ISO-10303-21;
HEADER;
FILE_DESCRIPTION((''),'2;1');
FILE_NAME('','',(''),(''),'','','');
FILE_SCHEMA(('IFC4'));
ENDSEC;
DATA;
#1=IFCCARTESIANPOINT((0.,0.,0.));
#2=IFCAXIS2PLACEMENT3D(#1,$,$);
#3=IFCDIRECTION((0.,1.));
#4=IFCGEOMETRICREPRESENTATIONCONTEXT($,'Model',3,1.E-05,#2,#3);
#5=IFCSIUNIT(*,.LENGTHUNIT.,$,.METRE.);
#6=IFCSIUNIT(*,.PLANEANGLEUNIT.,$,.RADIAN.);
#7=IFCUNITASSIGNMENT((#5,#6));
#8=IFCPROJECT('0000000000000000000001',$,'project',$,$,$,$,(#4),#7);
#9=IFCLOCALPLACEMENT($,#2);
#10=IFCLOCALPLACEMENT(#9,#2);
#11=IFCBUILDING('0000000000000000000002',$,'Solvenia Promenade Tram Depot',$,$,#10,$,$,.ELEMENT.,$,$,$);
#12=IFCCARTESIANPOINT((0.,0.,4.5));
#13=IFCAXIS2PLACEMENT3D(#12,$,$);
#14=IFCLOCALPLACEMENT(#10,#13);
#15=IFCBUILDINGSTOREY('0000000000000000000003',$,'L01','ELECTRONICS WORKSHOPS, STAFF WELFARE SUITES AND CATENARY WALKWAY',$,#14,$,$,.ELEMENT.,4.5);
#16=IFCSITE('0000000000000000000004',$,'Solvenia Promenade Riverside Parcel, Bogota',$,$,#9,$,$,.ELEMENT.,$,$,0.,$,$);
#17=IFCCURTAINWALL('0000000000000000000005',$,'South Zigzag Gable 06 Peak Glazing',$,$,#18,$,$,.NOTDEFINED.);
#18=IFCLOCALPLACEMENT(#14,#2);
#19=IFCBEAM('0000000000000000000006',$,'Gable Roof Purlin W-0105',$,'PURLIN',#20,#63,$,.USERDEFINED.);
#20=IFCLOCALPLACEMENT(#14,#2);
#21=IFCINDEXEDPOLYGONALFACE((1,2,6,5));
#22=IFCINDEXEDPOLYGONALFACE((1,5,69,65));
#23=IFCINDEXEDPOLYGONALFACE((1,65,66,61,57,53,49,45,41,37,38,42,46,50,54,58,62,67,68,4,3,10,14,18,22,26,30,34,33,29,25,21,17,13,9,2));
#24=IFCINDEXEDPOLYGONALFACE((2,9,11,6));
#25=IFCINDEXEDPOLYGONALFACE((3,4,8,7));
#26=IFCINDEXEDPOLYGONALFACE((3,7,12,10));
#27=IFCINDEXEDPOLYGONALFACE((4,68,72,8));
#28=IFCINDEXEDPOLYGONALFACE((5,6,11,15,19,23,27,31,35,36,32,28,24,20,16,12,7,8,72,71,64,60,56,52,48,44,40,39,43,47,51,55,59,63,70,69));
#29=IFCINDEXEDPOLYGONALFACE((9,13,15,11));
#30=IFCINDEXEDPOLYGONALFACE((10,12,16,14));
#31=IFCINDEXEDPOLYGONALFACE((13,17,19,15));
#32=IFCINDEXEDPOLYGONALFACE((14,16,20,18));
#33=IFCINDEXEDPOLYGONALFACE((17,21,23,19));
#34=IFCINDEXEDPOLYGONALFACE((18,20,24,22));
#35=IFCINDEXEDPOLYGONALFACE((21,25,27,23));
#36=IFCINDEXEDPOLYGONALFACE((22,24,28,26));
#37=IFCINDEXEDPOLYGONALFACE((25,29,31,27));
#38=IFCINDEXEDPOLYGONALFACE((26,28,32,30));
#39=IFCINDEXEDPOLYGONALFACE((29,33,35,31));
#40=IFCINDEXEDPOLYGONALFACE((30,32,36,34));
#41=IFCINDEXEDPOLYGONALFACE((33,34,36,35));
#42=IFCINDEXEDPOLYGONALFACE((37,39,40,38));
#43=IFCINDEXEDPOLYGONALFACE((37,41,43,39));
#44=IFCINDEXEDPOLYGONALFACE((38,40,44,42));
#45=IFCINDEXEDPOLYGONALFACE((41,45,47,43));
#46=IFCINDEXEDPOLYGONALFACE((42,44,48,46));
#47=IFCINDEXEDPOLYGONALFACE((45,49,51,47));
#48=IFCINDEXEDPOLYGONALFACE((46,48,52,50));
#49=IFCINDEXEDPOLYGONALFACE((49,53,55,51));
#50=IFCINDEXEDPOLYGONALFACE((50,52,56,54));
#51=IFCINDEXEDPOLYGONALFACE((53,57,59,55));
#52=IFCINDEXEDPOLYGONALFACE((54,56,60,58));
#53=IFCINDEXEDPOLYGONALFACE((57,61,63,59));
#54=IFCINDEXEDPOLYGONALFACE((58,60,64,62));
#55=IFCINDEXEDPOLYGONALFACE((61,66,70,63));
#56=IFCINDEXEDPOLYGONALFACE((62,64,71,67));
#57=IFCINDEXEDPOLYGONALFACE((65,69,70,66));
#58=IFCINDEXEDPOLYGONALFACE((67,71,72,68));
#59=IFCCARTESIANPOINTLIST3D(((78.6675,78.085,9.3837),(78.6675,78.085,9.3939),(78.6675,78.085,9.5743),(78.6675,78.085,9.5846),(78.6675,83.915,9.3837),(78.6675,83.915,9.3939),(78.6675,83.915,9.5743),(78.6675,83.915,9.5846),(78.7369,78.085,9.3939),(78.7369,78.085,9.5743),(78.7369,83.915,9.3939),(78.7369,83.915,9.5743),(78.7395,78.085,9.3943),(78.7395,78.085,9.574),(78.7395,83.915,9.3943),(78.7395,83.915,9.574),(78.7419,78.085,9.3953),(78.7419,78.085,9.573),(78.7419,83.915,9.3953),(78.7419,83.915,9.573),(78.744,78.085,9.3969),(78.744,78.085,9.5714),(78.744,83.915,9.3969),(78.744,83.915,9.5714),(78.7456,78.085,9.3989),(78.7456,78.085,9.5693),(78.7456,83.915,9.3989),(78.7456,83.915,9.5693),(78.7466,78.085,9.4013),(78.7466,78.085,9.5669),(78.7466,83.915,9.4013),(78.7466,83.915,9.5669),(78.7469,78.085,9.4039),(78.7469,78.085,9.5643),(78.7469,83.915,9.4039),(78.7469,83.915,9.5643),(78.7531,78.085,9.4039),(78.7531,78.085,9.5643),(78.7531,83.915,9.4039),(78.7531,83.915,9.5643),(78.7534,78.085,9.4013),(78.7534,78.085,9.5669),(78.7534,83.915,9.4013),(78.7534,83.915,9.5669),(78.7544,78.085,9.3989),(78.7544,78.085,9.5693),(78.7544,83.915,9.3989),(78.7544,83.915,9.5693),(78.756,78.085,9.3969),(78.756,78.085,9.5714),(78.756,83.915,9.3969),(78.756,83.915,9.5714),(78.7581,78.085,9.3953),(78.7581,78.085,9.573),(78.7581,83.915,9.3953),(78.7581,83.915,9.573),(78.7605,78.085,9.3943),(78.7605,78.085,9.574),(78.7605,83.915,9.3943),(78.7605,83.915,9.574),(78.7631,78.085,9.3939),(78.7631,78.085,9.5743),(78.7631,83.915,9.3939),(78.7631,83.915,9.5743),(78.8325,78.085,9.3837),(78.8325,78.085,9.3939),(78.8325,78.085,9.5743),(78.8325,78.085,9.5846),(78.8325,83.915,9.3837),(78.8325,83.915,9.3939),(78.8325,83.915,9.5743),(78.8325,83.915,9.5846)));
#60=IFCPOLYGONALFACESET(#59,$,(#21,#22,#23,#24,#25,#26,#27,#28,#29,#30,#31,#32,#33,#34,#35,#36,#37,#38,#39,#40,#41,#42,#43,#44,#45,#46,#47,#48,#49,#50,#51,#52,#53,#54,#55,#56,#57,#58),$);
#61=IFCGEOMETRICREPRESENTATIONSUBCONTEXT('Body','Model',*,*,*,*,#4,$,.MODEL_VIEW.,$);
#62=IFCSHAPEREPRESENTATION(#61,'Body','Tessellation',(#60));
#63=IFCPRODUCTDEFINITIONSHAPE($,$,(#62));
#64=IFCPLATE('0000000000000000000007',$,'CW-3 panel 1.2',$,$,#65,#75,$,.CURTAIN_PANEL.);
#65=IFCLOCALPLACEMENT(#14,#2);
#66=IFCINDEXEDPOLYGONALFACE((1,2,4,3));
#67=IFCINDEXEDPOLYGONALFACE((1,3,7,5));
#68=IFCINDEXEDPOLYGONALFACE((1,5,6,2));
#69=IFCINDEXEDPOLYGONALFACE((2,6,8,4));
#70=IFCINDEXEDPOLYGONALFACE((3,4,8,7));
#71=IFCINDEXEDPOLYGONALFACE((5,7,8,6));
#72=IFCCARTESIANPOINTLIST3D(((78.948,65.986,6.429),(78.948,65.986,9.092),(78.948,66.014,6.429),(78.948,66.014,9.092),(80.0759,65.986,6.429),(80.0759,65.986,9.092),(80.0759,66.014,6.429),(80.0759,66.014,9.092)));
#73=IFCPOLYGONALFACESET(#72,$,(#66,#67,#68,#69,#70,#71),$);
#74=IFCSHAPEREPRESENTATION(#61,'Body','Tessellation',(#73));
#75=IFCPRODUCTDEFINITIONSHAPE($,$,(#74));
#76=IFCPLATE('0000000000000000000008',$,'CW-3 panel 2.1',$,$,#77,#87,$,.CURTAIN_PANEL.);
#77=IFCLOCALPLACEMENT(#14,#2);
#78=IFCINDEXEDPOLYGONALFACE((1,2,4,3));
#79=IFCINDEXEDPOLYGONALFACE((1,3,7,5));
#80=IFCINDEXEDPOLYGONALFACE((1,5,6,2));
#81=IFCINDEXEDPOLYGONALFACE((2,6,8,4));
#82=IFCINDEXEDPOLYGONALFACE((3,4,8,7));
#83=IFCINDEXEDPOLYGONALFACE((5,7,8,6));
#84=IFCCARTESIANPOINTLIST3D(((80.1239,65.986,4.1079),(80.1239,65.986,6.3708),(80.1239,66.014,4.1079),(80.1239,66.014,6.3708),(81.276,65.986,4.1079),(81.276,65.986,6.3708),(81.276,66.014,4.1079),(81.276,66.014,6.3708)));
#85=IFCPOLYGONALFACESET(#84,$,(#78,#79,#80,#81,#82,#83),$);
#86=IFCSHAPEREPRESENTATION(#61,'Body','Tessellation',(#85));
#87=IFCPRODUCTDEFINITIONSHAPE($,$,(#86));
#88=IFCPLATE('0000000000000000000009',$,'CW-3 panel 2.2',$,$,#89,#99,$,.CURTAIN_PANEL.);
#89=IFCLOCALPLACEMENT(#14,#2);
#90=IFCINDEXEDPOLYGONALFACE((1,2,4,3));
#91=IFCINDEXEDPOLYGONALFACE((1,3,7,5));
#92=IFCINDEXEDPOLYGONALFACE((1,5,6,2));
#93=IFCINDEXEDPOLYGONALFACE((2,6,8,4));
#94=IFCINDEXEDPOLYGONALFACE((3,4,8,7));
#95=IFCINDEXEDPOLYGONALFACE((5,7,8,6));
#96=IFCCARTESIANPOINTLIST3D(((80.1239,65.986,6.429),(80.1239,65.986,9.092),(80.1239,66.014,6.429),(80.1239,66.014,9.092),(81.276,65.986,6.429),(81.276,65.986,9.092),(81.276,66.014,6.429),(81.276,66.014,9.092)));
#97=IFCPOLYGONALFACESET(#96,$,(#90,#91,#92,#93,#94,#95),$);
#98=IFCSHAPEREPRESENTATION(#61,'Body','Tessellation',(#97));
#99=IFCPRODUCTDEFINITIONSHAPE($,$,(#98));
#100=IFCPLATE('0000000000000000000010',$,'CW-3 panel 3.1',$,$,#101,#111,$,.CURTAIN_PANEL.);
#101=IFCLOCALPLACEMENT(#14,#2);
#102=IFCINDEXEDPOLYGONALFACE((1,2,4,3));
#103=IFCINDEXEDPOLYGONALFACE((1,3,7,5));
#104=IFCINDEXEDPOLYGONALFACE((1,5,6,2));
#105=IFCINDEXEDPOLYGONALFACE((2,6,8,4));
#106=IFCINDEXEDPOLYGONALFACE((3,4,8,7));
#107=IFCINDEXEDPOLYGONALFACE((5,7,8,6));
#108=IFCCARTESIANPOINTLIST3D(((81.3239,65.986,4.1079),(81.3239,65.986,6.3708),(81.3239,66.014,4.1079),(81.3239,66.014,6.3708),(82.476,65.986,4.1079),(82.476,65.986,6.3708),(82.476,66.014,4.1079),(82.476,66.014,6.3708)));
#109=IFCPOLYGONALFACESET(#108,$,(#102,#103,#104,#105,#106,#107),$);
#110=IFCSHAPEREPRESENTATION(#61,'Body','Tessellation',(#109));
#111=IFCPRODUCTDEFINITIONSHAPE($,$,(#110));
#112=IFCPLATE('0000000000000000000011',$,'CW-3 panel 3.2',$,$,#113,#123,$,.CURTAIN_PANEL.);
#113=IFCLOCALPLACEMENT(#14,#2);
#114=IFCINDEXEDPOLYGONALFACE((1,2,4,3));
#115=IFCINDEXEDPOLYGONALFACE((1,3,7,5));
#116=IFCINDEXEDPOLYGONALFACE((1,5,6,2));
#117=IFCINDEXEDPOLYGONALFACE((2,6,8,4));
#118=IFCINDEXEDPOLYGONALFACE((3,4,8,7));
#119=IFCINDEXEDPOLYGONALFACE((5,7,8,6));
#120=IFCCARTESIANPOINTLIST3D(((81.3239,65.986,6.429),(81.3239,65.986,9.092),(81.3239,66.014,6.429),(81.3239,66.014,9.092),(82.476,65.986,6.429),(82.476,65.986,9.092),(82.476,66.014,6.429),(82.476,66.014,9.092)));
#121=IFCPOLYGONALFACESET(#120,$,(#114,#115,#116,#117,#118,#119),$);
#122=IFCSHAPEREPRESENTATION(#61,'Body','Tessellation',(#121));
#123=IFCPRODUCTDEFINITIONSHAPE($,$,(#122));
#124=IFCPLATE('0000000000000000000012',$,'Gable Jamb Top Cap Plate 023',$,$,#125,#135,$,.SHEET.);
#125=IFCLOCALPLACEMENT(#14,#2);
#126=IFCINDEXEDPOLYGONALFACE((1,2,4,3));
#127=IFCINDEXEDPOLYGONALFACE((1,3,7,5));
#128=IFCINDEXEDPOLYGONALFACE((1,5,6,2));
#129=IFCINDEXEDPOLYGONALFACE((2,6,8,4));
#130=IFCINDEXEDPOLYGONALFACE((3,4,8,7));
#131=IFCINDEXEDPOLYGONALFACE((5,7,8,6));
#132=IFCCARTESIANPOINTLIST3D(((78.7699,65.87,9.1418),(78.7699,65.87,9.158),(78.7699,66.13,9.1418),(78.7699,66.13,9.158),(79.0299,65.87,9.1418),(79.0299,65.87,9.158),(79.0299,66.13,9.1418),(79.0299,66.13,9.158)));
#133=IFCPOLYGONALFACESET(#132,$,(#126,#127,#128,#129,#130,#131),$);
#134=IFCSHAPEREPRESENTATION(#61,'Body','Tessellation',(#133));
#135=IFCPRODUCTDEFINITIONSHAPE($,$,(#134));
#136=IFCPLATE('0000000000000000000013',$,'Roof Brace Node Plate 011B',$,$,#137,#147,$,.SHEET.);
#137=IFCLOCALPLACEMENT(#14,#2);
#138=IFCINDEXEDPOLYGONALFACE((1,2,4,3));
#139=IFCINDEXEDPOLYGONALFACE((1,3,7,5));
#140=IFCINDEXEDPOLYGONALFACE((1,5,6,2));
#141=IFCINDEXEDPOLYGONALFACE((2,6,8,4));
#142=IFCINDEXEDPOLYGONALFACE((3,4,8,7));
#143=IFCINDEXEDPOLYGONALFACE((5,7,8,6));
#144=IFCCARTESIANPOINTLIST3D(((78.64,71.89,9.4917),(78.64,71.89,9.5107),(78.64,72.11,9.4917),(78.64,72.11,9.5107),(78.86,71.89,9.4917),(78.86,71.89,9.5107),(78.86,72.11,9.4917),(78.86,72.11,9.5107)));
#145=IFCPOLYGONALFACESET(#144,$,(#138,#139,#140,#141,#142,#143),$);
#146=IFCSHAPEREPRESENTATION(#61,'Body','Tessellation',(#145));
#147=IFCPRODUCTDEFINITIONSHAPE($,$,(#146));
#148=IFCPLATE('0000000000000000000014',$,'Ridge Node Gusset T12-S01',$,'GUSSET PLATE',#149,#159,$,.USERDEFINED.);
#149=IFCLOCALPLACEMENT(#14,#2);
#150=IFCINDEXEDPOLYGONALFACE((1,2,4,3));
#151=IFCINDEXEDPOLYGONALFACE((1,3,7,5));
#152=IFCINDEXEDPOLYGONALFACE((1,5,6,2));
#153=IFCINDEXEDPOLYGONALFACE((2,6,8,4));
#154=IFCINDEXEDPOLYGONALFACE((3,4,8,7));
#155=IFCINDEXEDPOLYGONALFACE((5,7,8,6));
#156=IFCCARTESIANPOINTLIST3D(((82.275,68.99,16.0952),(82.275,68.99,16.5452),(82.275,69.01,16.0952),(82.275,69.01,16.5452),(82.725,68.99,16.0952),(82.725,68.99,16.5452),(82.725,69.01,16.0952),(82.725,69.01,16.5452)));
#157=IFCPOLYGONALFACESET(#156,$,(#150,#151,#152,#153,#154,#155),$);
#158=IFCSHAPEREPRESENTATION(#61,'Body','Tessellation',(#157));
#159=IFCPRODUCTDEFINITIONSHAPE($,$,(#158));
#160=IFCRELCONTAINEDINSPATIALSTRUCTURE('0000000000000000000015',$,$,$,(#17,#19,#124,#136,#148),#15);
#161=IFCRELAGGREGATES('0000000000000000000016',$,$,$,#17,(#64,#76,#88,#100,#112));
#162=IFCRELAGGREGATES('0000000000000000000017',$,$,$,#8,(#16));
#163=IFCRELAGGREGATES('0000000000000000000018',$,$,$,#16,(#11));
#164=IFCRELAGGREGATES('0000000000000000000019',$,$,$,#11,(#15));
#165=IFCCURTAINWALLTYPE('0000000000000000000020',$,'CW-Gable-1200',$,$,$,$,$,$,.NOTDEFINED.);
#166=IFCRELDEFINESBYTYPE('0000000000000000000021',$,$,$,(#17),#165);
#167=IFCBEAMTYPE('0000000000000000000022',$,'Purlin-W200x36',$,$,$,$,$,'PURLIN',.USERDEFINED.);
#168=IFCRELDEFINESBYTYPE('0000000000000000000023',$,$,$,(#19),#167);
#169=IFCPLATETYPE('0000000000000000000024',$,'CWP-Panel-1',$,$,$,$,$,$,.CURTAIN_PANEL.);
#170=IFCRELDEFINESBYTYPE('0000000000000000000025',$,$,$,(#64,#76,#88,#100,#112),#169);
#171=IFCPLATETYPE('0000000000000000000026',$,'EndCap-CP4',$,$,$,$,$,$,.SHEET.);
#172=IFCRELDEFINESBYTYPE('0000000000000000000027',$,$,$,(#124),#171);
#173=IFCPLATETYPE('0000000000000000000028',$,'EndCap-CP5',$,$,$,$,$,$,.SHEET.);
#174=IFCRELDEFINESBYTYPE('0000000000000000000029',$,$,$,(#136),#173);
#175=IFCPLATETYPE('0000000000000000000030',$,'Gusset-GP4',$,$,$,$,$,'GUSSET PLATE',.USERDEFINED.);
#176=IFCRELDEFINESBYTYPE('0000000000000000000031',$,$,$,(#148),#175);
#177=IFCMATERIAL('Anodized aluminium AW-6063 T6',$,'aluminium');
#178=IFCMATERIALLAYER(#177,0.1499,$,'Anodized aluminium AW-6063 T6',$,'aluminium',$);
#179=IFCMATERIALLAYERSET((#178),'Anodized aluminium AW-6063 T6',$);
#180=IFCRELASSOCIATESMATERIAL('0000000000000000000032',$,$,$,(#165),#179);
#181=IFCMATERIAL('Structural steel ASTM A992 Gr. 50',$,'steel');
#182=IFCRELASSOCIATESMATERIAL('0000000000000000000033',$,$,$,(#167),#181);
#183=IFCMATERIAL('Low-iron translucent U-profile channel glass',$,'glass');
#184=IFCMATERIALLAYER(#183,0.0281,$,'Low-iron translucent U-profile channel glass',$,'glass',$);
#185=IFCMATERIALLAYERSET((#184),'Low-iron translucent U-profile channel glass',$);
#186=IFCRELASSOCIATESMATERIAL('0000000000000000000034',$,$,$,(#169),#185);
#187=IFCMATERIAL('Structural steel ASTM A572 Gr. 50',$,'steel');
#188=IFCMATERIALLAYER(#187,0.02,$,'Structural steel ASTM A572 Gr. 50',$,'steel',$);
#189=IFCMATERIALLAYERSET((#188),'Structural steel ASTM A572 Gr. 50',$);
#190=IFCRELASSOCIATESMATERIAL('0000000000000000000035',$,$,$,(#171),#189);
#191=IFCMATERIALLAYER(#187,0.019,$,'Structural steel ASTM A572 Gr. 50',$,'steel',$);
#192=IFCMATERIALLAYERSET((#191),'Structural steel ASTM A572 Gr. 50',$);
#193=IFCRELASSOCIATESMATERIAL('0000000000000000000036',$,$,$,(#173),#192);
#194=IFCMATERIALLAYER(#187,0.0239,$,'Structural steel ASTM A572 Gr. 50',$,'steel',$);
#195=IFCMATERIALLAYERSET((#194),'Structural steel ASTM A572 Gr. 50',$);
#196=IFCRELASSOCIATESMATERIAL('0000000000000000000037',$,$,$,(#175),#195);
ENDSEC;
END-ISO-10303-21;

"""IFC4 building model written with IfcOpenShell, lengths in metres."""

from ifc_helpers import new_model, si_unit, direction, frame, origin, origin_2d, place, context, subcontext, project, spatial, rectangle, i_section, extrude, material, layer, layer_set, material_profile, profile_set, type_object, element, aggregate, save


model = new_model("IFC4")

# Units and contexts
model_context = context("Model", 3, precision=1e-05, world=origin(), true_north=direction((0.0, 1.0)))
body_context = subcontext(model_context, "Body", "Model", "MODEL_VIEW")
ifc_project = project(units=[si_unit("LENGTHUNIT", "METRE"), si_unit("PLANEANGLEUNIT", "RADIAN")], contexts=[model_context])

# Site, building, storey
site_placement = place(None, origin())
site = spatial("IfcSite", under=ifc_project, at=site_placement, Name="Solvenia Promenade Riverside Parcel, Bogota", CompositionType="ELEMENT", RefElevation=0.0)
building_placement = place(site_placement, origin())
building = spatial("IfcBuilding", under=site, at=building_placement, Name="Solvenia Promenade Tram Depot", CompositionType="ELEMENT")
storey_placement = place(building_placement, frame((0.0, 0.0, 4.5)))
storey = spatial("IfcBuildingStorey", under=building, at=storey_placement, Name="L01", Description="ELECTRONICS WORKSHOPS, STAFF WELFARE SUITES AND CATENARY WALKWAY", CompositionType="ELEMENT", Elevation=4.5)

# Curtain wall
ifc_material_1 = material(Name="Anodized aluminium AW-6063 T6", Category="aluminium")
ifc_layer_1 = layer(ifc_material_1, 0.1499, Name="Anodized aluminium AW-6063 T6", Category="aluminium")
ifc_layer_set_1 = layer_set([ifc_layer_1], Name="Anodized aluminium AW-6063 T6")
curtain_wall_type = type_object("IfcCurtainWallType", Name="CW-Gable-1200", PredefinedType="NOTDEFINED", material=ifc_layer_set_1)
curtain_wall_placement = place(storey_placement, origin())
curtain_wall = element("IfcCurtainWall", 1, at=curtain_wall_placement, inside=storey, type_object=curtain_wall_type, Name="South Zigzag Gable 06 Peak Glazing", PredefinedType="NOTDEFINED")

# Beam
ifc_material_2 = material(Name="Structural steel ASTM A992 Gr. 50", Category="steel")
ifc_material_profile_1 = material_profile(ifc_material_2, i_section(OverallWidth=0.165, OverallDepth=0.2009, WebThickness=0.0061, FlangeThickness=0.0103, FilletRadius=0.01, at=origin_2d()), Name="W200x36", Category="steel")
ifc_profile_set_1 = profile_set([ifc_material_profile_1], Name="Structural steel ASTM A992 Gr. 50")
beam_type = type_object("IfcBeamType", Name="Purlin-W200x36", ElementType="PURLIN", PredefinedType="USERDEFINED", material=ifc_profile_set_1)
for number, where, z_axis, x_axis, name in (
    (2, (78.75, 78.085, 9.4841), (0.0, 1.0, 0.0), (-1.0, 0.0, 0.0), "Gable Roof Purlin W-0105"),
):
    element("IfcBeam", number, at=place(storey_placement, frame(where, z_axis=z_axis, x_axis=x_axis)), inside=storey, type_object=beam_type, Name=name, ObjectType="PURLIN", PredefinedType="USERDEFINED", context=body_context, shape_type="SweptSolid", body=[
        extrude(i_section(OverallWidth=0.165, OverallDepth=0.2009, WebThickness=0.0061, FlangeThickness=0.0103, FilletRadius=0.01, at=origin_2d()), origin(), (0.0, 0.0, 1.0), 5.8301),
    ])

# Plates
ifc_material_3 = material(Name="Low-iron translucent U-profile channel glass", Category="glass")
ifc_layer_2 = layer(ifc_material_3, 0.0281, Name="Low-iron translucent U-profile channel glass", Category="glass")
ifc_layer_set_2 = layer_set([ifc_layer_2], Name="Low-iron translucent U-profile channel glass")
plate_type_1 = type_object("IfcPlateType", Name="CWP-Panel-1", PredefinedType="CURTAIN_PANEL", material=ifc_layer_set_2)
plate_1_placement = place(storey_placement, frame((79.512, 66.0, 6.429), z_axis=(0.0, 0.0, 1.0), x_axis=(1.0, 0.0, 0.0)))
plate_1 = element("IfcPlate", 3, at=plate_1_placement, type_object=plate_type_1, Name="CW-3 panel 1.2", PredefinedType="CURTAIN_PANEL", context=body_context, shape_type="SweptSolid", body=[
    extrude(rectangle(XDim=1.1279, YDim=0.0281, at=origin_2d()), origin(), (0.0, 0.0, 1.0), 2.6631),
])
plate_2_placement = place(storey_placement, frame((80.7, 66.0, 4.1079), z_axis=(0.0, 0.0, 1.0), x_axis=(1.0, 0.0, 0.0)))
plate_2 = element("IfcPlate", 4, at=plate_2_placement, type_object=plate_type_1, Name="CW-3 panel 2.1", PredefinedType="CURTAIN_PANEL", context=body_context, shape_type="SweptSolid", body=[
    extrude(rectangle(XDim=1.1521, YDim=0.0281, at=origin_2d()), origin(), (0.0, 0.0, 1.0), 2.2629),
])
plate_3_placement = place(storey_placement, frame((80.7, 66.0, 6.429), z_axis=(0.0, 0.0, 1.0), x_axis=(1.0, 0.0, 0.0)))
plate_3 = element("IfcPlate", 5, at=plate_3_placement, type_object=plate_type_1, Name="CW-3 panel 2.2", PredefinedType="CURTAIN_PANEL", context=body_context, shape_type="SweptSolid", body=[
    extrude(rectangle(XDim=1.1521, YDim=0.0281, at=origin_2d()), origin(), (0.0, 0.0, 1.0), 2.6631),
])
plate_4_placement = place(storey_placement, frame((81.8999, 66.0, 4.1079), z_axis=(0.0, 0.0, 1.0), x_axis=(1.0, 0.0, 0.0)))
plate_4 = element("IfcPlate", 6, at=plate_4_placement, type_object=plate_type_1, Name="CW-3 panel 3.1", PredefinedType="CURTAIN_PANEL", context=body_context, shape_type="SweptSolid", body=[
    extrude(rectangle(XDim=1.1521, YDim=0.0281, at=origin_2d()), origin(), (0.0, 0.0, 1.0), 2.2629),
])
plate_5_placement = place(storey_placement, frame((81.8999, 66.0, 6.429), z_axis=(0.0, 0.0, 1.0), x_axis=(1.0, 0.0, 0.0)))
plate_5 = element("IfcPlate", 7, at=plate_5_placement, type_object=plate_type_1, Name="CW-3 panel 3.2", PredefinedType="CURTAIN_PANEL", context=body_context, shape_type="SweptSolid", body=[
    extrude(rectangle(XDim=1.1521, YDim=0.0281, at=origin_2d()), origin(), (0.0, 0.0, 1.0), 2.6631),
])
aggregate(curtain_wall, [plate_1, plate_2, plate_3, plate_4, plate_5])

# Plates
ifc_material_4 = material(Name="Structural steel ASTM A572 Gr. 50", Category="steel")
ifc_layer_3 = layer(ifc_material_4, 0.02, Name="Structural steel ASTM A572 Gr. 50", Category="steel")
ifc_layer_set_3 = layer_set([ifc_layer_3], Name="Structural steel ASTM A572 Gr. 50")
plate_type_2 = type_object("IfcPlateType", Name="EndCap-CP4", PredefinedType="SHEET", material=ifc_layer_set_3)
plate_6_placement = place(storey_placement, frame((78.8999, 66.0, 9.1418), z_axis=(0.0, 0.0, 1.0), x_axis=(1.0, 0.0, 0.0)))
element("IfcPlate", 8, at=plate_6_placement, inside=storey, type_object=plate_type_2, Name="Gable Jamb Top Cap Plate 023", PredefinedType="SHEET", context=body_context, shape_type="SweptSolid", body=[
    extrude(rectangle(XDim=0.26, YDim=0.26, at=origin_2d()), origin(), (0.0, 0.0, 1.0), 0.0161),
])
ifc_layer_4 = layer(ifc_material_4, 0.019, Name="Structural steel ASTM A572 Gr. 50", Category="steel")
ifc_layer_set_4 = layer_set([ifc_layer_4], Name="Structural steel ASTM A572 Gr. 50")
plate_type_3 = type_object("IfcPlateType", Name="EndCap-CP5", PredefinedType="SHEET", material=ifc_layer_set_4)
plate_7_placement = place(storey_placement, frame((78.75, 72.0, 9.4917), z_axis=(0.0, 0.0, 1.0), x_axis=(1.0, 0.0, 0.0)))
element("IfcPlate", 9, at=plate_7_placement, inside=storey, type_object=plate_type_3, Name="Roof Brace Node Plate 011B", PredefinedType="SHEET", context=body_context, shape_type="SweptSolid", body=[
    extrude(rectangle(XDim=0.22, YDim=0.22, at=origin_2d()), origin(), (0.0, 0.0, 1.0), 0.019),
])
ifc_layer_5 = layer(ifc_material_4, 0.0239, Name="Structural steel ASTM A572 Gr. 50", Category="steel")
ifc_layer_set_5 = layer_set([ifc_layer_5], Name="Structural steel ASTM A572 Gr. 50")
plate_type_4 = type_object("IfcPlateType", Name="Gusset-GP4", ElementType="GUSSET PLATE", PredefinedType="USERDEFINED", material=ifc_layer_set_5)
plate_8_placement = place(storey_placement, frame((82.5, 69.0, 16.0952), z_axis=(0.0, 0.0, 1.0), x_axis=(1.0, 0.0, 0.0)))
element("IfcPlate", 10, at=plate_8_placement, inside=storey, type_object=plate_type_4, Name="Ridge Node Gusset T12-S01", ObjectType="GUSSET PLATE", PredefinedType="USERDEFINED", context=body_context, shape_type="SweptSolid", body=[
    extrude(rectangle(XDim=0.45, YDim=0.02, at=origin_2d()), origin(), (0.0, 0.0, 1.0), 0.45),
])

save(model, "model.ifc")
